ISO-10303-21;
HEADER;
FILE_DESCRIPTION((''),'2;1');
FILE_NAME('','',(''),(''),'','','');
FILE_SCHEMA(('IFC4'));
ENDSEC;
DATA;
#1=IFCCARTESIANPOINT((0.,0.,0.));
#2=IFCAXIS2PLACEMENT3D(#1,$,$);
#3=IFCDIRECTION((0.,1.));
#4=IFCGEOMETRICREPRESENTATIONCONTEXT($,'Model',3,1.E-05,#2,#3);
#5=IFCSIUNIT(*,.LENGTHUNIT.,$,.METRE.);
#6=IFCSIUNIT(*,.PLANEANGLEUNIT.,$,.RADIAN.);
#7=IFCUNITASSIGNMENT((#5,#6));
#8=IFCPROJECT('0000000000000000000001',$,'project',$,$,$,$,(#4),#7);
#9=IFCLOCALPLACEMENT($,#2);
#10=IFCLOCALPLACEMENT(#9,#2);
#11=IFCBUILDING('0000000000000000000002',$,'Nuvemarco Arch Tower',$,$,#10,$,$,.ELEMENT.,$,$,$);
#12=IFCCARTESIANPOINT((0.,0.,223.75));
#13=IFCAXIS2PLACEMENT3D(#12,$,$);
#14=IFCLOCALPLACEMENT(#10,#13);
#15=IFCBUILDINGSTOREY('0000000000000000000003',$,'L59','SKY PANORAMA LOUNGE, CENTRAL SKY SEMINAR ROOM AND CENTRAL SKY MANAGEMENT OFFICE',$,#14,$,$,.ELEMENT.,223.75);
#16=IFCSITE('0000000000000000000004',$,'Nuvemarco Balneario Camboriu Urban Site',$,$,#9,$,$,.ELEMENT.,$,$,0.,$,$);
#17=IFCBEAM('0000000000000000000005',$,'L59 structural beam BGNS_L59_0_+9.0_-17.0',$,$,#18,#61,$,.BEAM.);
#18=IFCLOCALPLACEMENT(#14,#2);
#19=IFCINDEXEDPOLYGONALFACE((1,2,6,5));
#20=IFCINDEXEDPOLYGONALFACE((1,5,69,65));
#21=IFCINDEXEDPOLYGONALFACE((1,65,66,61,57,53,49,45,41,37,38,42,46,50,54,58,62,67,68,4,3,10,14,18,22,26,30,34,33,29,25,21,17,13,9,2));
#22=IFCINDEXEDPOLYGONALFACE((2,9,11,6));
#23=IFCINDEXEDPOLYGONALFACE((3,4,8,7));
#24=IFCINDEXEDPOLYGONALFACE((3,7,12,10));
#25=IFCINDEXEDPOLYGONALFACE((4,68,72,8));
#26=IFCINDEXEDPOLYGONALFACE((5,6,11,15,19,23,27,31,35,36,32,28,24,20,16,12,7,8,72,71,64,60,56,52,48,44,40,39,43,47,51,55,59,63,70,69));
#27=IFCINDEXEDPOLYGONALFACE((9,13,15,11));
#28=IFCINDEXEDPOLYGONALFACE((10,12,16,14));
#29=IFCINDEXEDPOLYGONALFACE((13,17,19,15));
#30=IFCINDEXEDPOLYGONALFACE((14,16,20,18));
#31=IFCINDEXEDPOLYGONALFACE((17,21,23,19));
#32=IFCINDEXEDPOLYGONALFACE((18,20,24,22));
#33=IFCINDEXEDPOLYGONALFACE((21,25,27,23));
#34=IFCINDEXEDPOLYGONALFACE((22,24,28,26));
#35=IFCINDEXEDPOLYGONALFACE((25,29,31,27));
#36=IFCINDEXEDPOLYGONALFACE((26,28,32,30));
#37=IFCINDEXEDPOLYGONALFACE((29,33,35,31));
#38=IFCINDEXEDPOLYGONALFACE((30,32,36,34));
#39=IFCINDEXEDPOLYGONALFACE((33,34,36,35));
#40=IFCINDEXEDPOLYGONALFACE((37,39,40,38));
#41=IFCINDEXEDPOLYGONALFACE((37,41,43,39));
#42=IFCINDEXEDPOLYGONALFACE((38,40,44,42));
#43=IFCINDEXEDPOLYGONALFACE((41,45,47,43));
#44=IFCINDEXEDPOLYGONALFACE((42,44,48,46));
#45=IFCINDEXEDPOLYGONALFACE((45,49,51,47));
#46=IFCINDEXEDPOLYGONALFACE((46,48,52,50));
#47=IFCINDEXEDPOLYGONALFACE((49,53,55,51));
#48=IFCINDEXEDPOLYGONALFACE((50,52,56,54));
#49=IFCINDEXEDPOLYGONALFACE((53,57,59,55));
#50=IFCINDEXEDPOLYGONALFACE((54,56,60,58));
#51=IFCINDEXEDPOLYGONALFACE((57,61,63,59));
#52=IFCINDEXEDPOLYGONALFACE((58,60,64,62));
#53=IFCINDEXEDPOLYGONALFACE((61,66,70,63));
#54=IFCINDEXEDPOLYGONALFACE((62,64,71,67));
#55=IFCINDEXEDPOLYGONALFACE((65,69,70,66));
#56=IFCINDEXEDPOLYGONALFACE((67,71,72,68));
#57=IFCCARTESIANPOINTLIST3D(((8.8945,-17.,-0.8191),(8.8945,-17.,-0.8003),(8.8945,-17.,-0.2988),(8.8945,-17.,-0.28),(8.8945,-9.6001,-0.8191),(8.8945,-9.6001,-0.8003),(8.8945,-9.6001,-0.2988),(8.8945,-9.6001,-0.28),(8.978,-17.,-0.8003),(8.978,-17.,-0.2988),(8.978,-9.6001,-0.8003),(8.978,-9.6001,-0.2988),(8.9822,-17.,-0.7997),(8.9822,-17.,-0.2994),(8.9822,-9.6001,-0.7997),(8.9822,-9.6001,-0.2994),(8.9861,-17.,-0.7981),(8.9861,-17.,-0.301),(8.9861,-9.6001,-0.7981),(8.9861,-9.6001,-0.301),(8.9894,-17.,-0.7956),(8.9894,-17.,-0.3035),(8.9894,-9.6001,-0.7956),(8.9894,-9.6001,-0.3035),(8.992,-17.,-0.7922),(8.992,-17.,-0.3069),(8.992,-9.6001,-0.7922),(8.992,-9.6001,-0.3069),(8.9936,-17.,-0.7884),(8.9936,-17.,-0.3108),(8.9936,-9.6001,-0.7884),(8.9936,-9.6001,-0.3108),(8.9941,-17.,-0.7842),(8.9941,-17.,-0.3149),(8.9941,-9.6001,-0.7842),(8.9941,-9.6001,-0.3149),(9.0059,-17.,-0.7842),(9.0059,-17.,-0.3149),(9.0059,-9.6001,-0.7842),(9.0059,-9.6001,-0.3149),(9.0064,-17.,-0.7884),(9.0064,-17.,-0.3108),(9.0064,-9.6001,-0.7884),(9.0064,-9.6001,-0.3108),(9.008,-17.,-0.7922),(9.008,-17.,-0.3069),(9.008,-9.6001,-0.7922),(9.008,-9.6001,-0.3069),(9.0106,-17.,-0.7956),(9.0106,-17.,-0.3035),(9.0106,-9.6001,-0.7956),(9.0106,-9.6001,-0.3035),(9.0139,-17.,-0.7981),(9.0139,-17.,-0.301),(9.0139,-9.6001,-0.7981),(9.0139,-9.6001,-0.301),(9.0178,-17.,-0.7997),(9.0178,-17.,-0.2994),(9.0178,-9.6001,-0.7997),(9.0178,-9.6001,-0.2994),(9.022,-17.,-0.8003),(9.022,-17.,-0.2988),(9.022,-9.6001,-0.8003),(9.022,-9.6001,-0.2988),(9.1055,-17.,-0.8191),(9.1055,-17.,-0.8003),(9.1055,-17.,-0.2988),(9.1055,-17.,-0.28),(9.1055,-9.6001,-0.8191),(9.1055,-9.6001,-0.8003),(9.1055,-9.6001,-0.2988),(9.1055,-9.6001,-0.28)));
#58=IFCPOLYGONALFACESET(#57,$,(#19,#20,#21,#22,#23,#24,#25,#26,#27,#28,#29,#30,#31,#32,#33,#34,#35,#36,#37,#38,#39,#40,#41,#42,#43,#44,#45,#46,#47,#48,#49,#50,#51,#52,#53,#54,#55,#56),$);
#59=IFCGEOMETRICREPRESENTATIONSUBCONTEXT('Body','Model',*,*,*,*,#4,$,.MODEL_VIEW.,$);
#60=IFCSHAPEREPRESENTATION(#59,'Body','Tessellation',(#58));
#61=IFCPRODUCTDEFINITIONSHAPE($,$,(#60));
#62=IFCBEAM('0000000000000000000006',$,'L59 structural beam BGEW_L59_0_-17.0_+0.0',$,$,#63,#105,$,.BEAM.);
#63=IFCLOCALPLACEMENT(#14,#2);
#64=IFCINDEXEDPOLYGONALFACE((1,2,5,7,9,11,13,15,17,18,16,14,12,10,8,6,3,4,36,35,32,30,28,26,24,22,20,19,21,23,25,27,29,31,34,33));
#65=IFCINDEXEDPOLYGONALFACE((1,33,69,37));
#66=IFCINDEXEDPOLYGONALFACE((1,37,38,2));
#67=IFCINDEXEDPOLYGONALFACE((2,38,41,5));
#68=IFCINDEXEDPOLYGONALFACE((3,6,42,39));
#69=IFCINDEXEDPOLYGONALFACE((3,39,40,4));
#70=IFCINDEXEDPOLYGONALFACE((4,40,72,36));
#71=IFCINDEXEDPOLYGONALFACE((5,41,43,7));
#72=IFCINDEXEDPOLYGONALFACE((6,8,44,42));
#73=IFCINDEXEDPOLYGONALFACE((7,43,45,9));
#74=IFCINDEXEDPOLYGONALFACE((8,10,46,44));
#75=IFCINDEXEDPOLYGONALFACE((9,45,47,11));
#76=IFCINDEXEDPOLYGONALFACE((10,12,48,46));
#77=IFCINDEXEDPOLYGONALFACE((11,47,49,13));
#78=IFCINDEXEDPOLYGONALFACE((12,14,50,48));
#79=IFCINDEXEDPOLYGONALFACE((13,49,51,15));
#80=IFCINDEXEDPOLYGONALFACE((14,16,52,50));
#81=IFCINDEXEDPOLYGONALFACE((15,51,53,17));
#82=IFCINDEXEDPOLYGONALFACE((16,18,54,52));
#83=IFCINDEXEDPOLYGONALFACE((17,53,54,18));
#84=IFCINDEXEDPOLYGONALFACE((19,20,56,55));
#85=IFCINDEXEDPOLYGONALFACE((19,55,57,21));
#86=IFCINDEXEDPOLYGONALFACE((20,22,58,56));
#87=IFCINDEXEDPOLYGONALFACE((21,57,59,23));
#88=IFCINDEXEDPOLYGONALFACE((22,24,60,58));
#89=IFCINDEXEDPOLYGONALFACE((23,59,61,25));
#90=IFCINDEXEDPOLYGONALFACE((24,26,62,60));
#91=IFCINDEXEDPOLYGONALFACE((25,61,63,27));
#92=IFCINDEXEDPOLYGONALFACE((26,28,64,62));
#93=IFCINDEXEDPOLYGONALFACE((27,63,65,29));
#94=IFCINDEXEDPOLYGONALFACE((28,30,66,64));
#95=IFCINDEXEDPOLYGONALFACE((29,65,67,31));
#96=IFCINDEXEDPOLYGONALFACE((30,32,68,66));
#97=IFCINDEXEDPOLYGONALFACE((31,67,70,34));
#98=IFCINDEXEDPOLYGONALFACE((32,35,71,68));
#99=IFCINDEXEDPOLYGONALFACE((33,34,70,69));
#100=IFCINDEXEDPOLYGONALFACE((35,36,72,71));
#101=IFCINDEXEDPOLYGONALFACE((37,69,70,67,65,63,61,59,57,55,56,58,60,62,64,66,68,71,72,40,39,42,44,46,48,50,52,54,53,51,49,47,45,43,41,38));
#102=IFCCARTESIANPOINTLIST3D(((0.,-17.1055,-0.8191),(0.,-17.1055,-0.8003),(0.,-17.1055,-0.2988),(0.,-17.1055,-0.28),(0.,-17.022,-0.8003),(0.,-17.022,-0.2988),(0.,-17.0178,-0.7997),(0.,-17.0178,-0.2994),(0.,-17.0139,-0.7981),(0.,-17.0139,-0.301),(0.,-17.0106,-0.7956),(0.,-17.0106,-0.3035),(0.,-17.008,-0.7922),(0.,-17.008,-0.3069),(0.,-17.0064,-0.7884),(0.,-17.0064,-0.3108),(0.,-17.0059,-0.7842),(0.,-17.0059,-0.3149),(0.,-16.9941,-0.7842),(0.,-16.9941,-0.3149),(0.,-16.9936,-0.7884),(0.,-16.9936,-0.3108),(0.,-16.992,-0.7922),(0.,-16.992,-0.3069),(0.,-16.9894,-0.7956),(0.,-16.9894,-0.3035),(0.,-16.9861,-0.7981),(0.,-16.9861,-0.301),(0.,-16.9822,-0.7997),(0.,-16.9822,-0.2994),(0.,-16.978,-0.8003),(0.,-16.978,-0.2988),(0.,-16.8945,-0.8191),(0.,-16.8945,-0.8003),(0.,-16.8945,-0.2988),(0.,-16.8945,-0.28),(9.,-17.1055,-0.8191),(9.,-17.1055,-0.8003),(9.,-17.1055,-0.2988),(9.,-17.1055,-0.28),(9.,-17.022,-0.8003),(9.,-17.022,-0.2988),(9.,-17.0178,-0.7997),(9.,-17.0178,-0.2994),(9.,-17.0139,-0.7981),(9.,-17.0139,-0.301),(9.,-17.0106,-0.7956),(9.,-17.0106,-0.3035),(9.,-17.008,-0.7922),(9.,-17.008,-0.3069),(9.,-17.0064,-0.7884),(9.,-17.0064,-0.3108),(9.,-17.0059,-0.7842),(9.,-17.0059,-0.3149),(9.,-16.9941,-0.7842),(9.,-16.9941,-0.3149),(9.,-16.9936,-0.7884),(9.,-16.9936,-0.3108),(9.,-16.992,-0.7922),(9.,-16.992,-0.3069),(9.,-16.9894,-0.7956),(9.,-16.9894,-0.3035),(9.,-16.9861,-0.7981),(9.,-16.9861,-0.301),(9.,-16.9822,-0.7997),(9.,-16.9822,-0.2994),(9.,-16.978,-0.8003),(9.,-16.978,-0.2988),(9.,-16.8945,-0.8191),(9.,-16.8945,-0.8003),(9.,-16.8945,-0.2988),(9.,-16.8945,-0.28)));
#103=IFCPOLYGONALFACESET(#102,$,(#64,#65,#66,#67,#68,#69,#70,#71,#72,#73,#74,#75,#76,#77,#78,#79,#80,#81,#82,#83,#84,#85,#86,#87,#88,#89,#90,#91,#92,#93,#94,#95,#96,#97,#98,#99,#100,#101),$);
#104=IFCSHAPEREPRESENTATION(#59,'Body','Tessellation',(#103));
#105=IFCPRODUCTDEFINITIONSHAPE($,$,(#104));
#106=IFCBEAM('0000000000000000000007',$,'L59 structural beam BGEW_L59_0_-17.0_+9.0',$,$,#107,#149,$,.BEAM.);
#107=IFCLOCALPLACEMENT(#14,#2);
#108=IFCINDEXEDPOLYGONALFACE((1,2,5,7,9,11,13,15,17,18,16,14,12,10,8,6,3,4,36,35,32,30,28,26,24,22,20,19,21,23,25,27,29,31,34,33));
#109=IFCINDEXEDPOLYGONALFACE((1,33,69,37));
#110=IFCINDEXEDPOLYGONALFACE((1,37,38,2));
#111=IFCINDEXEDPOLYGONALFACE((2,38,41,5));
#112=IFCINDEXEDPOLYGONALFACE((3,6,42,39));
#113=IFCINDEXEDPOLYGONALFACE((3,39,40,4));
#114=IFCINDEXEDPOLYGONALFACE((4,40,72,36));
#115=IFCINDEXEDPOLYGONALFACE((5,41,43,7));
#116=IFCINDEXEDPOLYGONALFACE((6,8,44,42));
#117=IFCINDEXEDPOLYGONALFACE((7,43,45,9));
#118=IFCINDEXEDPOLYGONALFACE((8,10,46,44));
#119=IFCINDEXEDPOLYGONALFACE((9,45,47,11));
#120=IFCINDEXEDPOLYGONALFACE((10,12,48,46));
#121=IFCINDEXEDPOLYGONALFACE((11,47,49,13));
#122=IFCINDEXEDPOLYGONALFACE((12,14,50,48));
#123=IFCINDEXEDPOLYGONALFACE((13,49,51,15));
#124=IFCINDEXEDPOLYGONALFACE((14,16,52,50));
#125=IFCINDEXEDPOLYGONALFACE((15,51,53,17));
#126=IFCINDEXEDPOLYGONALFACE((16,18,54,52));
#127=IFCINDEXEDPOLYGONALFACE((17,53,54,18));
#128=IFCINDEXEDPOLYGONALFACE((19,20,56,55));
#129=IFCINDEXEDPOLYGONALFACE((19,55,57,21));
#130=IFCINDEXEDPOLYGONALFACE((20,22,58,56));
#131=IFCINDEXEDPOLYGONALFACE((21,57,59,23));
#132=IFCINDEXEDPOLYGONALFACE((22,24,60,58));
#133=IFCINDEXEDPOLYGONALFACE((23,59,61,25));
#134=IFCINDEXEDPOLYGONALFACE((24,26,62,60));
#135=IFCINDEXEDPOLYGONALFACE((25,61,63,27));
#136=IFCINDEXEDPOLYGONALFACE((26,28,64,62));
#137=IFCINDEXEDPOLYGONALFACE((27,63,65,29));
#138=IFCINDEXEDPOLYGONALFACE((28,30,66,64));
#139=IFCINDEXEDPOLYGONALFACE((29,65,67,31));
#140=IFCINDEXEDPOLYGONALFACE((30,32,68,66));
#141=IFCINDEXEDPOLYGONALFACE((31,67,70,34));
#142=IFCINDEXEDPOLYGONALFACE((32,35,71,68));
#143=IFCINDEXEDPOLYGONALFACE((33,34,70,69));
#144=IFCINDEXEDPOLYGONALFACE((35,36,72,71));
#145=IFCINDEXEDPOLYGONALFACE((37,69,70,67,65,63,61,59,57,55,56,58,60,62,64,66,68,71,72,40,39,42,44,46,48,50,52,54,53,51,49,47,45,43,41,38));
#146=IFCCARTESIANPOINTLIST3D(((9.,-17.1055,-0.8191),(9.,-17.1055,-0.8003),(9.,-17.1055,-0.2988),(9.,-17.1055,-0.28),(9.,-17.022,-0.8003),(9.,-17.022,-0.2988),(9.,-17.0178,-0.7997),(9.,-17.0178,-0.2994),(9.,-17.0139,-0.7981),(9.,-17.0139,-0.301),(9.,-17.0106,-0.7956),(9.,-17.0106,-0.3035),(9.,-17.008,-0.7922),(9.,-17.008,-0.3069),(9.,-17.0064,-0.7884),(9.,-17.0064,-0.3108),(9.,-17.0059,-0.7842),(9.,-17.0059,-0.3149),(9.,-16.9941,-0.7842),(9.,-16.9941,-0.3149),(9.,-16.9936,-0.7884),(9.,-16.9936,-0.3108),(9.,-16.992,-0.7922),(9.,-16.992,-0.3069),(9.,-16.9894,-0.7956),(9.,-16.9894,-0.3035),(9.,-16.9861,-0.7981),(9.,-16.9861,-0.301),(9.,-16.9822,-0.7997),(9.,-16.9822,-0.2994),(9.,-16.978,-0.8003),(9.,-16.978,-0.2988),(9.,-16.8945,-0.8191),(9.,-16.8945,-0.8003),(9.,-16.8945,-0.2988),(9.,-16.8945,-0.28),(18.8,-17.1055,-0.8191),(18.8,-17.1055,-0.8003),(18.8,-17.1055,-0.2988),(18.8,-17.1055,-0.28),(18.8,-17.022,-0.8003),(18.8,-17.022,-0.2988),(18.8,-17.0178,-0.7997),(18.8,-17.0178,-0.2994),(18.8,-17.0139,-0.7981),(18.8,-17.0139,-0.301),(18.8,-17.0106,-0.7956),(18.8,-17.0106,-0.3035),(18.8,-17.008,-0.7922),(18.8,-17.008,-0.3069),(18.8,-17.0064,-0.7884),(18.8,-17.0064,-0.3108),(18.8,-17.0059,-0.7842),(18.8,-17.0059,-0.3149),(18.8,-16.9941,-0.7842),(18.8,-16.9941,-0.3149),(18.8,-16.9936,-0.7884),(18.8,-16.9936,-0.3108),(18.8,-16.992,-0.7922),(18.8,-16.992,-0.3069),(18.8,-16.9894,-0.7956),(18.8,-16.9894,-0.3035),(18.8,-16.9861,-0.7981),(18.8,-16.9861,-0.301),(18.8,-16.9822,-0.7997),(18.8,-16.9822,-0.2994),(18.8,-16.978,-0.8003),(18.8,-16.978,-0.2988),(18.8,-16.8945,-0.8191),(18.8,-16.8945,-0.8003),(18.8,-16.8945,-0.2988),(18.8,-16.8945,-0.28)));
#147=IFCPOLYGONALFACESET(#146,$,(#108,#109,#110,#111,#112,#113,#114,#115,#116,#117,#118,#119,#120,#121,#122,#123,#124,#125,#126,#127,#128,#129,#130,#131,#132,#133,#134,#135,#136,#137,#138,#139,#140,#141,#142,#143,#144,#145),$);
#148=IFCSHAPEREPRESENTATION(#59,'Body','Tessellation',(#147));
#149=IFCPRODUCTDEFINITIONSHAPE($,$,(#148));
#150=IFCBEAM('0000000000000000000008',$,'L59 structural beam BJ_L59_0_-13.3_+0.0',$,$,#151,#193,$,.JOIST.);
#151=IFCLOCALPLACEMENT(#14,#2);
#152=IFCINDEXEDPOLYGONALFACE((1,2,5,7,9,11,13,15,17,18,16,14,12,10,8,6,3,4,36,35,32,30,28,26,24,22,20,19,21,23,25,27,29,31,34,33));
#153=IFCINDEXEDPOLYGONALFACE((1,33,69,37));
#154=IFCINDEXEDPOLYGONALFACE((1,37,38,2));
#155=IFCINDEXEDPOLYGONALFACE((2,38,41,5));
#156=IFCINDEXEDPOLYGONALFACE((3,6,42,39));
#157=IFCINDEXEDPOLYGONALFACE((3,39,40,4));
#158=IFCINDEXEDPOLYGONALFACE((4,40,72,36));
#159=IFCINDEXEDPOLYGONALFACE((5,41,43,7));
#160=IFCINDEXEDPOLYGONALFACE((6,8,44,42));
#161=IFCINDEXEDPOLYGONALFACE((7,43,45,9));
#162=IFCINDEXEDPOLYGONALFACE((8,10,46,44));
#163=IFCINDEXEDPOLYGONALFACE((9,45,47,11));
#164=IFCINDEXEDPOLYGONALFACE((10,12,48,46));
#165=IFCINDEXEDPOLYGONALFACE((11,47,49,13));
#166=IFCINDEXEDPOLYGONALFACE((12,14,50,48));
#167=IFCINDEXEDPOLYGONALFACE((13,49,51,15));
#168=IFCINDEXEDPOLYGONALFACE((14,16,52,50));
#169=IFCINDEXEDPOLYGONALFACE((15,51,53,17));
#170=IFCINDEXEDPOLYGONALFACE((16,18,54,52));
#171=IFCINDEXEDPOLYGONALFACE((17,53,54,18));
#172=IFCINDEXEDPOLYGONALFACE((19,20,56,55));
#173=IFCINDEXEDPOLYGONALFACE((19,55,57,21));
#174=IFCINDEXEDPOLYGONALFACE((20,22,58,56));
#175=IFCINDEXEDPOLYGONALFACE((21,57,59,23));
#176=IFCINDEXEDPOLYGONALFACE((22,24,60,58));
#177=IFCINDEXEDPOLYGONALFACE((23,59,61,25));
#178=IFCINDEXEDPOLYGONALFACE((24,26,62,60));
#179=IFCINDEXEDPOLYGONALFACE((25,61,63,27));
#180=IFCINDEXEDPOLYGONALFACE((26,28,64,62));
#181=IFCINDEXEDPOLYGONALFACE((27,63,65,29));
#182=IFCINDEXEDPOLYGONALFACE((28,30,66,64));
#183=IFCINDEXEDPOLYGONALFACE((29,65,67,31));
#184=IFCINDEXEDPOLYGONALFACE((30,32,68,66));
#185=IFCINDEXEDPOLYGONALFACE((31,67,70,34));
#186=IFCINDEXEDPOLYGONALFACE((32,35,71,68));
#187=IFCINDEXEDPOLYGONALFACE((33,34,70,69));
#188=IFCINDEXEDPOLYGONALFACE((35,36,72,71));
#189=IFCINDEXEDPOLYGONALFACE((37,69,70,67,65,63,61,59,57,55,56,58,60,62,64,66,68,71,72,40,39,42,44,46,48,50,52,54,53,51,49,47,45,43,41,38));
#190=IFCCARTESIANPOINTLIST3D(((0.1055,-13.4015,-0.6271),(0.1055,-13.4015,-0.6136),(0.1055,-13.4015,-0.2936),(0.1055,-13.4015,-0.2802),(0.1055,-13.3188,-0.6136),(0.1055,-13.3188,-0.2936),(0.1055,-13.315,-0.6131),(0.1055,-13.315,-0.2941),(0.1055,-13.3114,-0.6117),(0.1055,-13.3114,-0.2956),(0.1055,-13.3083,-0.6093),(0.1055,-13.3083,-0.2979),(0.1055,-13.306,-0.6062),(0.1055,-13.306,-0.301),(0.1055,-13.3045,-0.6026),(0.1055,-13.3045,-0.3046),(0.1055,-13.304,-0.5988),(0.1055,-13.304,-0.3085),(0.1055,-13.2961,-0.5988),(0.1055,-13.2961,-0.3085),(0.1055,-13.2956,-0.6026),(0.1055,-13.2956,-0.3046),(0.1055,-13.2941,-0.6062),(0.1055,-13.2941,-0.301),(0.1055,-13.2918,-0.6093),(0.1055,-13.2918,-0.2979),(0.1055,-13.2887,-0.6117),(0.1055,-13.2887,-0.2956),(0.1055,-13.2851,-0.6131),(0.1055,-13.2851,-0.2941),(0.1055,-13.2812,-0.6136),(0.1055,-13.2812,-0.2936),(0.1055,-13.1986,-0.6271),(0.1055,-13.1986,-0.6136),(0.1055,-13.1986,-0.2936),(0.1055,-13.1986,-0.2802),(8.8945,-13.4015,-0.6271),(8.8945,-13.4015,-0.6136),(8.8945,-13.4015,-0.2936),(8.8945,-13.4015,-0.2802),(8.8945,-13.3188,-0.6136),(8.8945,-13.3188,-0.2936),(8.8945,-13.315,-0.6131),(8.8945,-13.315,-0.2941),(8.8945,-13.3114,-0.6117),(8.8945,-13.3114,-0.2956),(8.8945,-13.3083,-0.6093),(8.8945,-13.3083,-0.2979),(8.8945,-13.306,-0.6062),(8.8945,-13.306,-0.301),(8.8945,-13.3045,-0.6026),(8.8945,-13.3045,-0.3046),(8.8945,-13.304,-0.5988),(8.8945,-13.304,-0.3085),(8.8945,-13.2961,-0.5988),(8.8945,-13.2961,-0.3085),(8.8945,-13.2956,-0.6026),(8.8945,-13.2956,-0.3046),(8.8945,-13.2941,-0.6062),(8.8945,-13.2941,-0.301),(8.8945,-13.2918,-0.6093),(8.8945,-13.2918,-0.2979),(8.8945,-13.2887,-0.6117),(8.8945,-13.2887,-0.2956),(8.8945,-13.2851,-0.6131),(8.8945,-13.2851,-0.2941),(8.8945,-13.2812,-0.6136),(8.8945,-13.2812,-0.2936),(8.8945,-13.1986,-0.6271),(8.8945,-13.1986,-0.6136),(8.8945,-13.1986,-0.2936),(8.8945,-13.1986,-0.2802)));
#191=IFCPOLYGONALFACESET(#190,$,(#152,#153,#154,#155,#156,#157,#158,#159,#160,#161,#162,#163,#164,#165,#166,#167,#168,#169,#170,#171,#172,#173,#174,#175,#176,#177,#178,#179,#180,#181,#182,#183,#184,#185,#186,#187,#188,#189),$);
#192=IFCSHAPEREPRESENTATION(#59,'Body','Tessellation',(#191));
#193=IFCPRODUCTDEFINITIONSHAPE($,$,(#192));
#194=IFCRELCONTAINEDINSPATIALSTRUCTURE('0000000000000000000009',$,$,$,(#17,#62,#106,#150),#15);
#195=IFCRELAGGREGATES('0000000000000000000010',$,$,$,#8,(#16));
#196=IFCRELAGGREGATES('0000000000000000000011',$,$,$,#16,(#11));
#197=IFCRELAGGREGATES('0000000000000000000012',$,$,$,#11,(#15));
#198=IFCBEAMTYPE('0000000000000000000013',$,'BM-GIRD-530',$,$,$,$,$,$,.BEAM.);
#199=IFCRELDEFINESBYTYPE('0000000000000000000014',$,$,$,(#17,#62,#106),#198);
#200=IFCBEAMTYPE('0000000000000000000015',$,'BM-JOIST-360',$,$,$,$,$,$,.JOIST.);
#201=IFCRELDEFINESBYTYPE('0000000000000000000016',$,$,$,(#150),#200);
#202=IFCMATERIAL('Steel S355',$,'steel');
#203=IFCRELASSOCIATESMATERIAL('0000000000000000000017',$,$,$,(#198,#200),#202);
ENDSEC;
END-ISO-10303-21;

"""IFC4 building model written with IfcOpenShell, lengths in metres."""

from ifc_helpers import new_model, si_unit, direction, frame, origin, origin_2d, place, context, subcontext, project, spatial, i_section, extrude, material, material_profile, profile_set, type_object, element, save


model = new_model("IFC4")

# Units and contexts
model_context = context("Model", 3, precision=1e-05, world=origin(), true_north=direction((0.0, 1.0)))
body_context = subcontext(model_context, "Body", "Model", "MODEL_VIEW")
ifc_project = project(units=[si_unit("LENGTHUNIT", "METRE"), si_unit("PLANEANGLEUNIT", "RADIAN")], contexts=[model_context])

# Site, building, storey
site_placement = place(None, origin())
site = spatial("IfcSite", under=ifc_project, at=site_placement, Name="Nuvemarco Balneario Camboriu Urban Site", CompositionType="ELEMENT", RefElevation=0.0)
building_placement = place(site_placement, origin())
building = spatial("IfcBuilding", under=site, at=building_placement, Name="Nuvemarco Arch Tower", CompositionType="ELEMENT")
storey_placement = place(building_placement, frame((0.0, 0.0, 223.75)))
storey = spatial("IfcBuildingStorey", under=building, at=storey_placement, Name="L59", Description="SKY PANORAMA LOUNGE, CENTRAL SKY SEMINAR ROOM AND CENTRAL SKY MANAGEMENT OFFICE", CompositionType="ELEMENT", Elevation=223.75)

# Shared definitions
ifc_material_1 = material(Name="Steel S355", Category="steel")

# Beams
ifc_material_profile_1 = material_profile(ifc_material_1, i_section(OverallWidth=0.2109, OverallDepth=0.5391, WebThickness=0.0117, FlangeThickness=0.0188, FilletRadius=0.0161, at=origin_2d()), Name="W530x109")
ifc_profile_set_1 = profile_set([ifc_material_profile_1], Name="Steel S355")
beam_type_1 = type_object("IfcBeamType", Name="BM-GIRD-530", PredefinedType="BEAM", material=ifc_profile_set_1)
beam_1_placement = place(storey_placement, frame((9.0, -17.0, -0.5496), z_axis=(0.0, 1.0, 0.0), x_axis=(-1.0, 0.0, 0.0)))
element("IfcBeam", 1, at=beam_1_placement, inside=storey, type_object=beam_type_1, Name="L59 structural beam BGNS_L59_0_+9.0_-17.0", PredefinedType="BEAM", context=body_context, shape_type="SweptSolid", body=[
    extrude(i_section(OverallWidth=0.2109, OverallDepth=0.5391, WebThickness=0.0117, FlangeThickness=0.0188, FilletRadius=0.0161, at=origin_2d()), origin(), (0.0, 0.0, 1.0), 7.3999),
])
beam_2_placement = place(storey_placement, frame((0.0, -17.0, -0.5496), z_axis=(1.0, 0.0, 0.0), x_axis=(0.0, 1.0, 0.0)))
element("IfcBeam", 2, at=beam_2_placement, inside=storey, type_object=beam_type_1, Name="L59 structural beam BGEW_L59_0_-17.0_+0.0", PredefinedType="BEAM", context=body_context, shape_type="SweptSolid", body=[
    extrude(i_section(OverallWidth=0.2109, OverallDepth=0.5391, WebThickness=0.0117, FlangeThickness=0.0188, FilletRadius=0.0161, at=origin_2d()), origin(), (0.0, 0.0, 1.0), 9.0),
])
beam_3_placement = place(storey_placement, frame((9.0, -17.0, -0.5496), z_axis=(1.0, 0.0, 0.0), x_axis=(0.0, 1.0, 0.0)))
element("IfcBeam", 3, at=beam_3_placement, inside=storey, type_object=beam_type_1, Name="L59 structural beam BGEW_L59_0_-17.0_+9.0", PredefinedType="BEAM", context=body_context, shape_type="SweptSolid", body=[
    extrude(i_section(OverallWidth=0.2109, OverallDepth=0.5391, WebThickness=0.0117, FlangeThickness=0.0188, FilletRadius=0.0161, at=origin_2d()), origin(), (0.0, 0.0, 1.0), 9.8),
])
ifc_material_profile_2 = material_profile(ifc_material_1, i_section(OverallWidth=0.2029, OverallDepth=0.3469, WebThickness=0.0078, FlangeThickness=0.0134, FilletRadius=0.0149, at=origin_2d()), Name="W360x64")
ifc_profile_set_2 = profile_set([ifc_material_profile_2], Name="Steel S355")
beam_type_2 = type_object("IfcBeamType", Name="BM-JOIST-360", PredefinedType="JOIST", material=ifc_profile_set_2)
beam_4_placement = place(storey_placement, frame((0.1055, -13.3, -0.4536), z_axis=(1.0, 0.0, 0.0), x_axis=(0.0, 1.0, 0.0)))
element("IfcBeam", 4, at=beam_4_placement, inside=storey, type_object=beam_type_2, Name="L59 structural beam BJ_L59_0_-13.3_+0.0", PredefinedType="JOIST", context=body_context, shape_type="SweptSolid", body=[
    extrude(i_section(OverallWidth=0.2029, OverallDepth=0.3469, WebThickness=0.0078, FlangeThickness=0.0134, FilletRadius=0.0149, at=origin_2d()), origin(), (0.0, 0.0, 1.0), 8.7891),
])

save(model, "model.ifc")
